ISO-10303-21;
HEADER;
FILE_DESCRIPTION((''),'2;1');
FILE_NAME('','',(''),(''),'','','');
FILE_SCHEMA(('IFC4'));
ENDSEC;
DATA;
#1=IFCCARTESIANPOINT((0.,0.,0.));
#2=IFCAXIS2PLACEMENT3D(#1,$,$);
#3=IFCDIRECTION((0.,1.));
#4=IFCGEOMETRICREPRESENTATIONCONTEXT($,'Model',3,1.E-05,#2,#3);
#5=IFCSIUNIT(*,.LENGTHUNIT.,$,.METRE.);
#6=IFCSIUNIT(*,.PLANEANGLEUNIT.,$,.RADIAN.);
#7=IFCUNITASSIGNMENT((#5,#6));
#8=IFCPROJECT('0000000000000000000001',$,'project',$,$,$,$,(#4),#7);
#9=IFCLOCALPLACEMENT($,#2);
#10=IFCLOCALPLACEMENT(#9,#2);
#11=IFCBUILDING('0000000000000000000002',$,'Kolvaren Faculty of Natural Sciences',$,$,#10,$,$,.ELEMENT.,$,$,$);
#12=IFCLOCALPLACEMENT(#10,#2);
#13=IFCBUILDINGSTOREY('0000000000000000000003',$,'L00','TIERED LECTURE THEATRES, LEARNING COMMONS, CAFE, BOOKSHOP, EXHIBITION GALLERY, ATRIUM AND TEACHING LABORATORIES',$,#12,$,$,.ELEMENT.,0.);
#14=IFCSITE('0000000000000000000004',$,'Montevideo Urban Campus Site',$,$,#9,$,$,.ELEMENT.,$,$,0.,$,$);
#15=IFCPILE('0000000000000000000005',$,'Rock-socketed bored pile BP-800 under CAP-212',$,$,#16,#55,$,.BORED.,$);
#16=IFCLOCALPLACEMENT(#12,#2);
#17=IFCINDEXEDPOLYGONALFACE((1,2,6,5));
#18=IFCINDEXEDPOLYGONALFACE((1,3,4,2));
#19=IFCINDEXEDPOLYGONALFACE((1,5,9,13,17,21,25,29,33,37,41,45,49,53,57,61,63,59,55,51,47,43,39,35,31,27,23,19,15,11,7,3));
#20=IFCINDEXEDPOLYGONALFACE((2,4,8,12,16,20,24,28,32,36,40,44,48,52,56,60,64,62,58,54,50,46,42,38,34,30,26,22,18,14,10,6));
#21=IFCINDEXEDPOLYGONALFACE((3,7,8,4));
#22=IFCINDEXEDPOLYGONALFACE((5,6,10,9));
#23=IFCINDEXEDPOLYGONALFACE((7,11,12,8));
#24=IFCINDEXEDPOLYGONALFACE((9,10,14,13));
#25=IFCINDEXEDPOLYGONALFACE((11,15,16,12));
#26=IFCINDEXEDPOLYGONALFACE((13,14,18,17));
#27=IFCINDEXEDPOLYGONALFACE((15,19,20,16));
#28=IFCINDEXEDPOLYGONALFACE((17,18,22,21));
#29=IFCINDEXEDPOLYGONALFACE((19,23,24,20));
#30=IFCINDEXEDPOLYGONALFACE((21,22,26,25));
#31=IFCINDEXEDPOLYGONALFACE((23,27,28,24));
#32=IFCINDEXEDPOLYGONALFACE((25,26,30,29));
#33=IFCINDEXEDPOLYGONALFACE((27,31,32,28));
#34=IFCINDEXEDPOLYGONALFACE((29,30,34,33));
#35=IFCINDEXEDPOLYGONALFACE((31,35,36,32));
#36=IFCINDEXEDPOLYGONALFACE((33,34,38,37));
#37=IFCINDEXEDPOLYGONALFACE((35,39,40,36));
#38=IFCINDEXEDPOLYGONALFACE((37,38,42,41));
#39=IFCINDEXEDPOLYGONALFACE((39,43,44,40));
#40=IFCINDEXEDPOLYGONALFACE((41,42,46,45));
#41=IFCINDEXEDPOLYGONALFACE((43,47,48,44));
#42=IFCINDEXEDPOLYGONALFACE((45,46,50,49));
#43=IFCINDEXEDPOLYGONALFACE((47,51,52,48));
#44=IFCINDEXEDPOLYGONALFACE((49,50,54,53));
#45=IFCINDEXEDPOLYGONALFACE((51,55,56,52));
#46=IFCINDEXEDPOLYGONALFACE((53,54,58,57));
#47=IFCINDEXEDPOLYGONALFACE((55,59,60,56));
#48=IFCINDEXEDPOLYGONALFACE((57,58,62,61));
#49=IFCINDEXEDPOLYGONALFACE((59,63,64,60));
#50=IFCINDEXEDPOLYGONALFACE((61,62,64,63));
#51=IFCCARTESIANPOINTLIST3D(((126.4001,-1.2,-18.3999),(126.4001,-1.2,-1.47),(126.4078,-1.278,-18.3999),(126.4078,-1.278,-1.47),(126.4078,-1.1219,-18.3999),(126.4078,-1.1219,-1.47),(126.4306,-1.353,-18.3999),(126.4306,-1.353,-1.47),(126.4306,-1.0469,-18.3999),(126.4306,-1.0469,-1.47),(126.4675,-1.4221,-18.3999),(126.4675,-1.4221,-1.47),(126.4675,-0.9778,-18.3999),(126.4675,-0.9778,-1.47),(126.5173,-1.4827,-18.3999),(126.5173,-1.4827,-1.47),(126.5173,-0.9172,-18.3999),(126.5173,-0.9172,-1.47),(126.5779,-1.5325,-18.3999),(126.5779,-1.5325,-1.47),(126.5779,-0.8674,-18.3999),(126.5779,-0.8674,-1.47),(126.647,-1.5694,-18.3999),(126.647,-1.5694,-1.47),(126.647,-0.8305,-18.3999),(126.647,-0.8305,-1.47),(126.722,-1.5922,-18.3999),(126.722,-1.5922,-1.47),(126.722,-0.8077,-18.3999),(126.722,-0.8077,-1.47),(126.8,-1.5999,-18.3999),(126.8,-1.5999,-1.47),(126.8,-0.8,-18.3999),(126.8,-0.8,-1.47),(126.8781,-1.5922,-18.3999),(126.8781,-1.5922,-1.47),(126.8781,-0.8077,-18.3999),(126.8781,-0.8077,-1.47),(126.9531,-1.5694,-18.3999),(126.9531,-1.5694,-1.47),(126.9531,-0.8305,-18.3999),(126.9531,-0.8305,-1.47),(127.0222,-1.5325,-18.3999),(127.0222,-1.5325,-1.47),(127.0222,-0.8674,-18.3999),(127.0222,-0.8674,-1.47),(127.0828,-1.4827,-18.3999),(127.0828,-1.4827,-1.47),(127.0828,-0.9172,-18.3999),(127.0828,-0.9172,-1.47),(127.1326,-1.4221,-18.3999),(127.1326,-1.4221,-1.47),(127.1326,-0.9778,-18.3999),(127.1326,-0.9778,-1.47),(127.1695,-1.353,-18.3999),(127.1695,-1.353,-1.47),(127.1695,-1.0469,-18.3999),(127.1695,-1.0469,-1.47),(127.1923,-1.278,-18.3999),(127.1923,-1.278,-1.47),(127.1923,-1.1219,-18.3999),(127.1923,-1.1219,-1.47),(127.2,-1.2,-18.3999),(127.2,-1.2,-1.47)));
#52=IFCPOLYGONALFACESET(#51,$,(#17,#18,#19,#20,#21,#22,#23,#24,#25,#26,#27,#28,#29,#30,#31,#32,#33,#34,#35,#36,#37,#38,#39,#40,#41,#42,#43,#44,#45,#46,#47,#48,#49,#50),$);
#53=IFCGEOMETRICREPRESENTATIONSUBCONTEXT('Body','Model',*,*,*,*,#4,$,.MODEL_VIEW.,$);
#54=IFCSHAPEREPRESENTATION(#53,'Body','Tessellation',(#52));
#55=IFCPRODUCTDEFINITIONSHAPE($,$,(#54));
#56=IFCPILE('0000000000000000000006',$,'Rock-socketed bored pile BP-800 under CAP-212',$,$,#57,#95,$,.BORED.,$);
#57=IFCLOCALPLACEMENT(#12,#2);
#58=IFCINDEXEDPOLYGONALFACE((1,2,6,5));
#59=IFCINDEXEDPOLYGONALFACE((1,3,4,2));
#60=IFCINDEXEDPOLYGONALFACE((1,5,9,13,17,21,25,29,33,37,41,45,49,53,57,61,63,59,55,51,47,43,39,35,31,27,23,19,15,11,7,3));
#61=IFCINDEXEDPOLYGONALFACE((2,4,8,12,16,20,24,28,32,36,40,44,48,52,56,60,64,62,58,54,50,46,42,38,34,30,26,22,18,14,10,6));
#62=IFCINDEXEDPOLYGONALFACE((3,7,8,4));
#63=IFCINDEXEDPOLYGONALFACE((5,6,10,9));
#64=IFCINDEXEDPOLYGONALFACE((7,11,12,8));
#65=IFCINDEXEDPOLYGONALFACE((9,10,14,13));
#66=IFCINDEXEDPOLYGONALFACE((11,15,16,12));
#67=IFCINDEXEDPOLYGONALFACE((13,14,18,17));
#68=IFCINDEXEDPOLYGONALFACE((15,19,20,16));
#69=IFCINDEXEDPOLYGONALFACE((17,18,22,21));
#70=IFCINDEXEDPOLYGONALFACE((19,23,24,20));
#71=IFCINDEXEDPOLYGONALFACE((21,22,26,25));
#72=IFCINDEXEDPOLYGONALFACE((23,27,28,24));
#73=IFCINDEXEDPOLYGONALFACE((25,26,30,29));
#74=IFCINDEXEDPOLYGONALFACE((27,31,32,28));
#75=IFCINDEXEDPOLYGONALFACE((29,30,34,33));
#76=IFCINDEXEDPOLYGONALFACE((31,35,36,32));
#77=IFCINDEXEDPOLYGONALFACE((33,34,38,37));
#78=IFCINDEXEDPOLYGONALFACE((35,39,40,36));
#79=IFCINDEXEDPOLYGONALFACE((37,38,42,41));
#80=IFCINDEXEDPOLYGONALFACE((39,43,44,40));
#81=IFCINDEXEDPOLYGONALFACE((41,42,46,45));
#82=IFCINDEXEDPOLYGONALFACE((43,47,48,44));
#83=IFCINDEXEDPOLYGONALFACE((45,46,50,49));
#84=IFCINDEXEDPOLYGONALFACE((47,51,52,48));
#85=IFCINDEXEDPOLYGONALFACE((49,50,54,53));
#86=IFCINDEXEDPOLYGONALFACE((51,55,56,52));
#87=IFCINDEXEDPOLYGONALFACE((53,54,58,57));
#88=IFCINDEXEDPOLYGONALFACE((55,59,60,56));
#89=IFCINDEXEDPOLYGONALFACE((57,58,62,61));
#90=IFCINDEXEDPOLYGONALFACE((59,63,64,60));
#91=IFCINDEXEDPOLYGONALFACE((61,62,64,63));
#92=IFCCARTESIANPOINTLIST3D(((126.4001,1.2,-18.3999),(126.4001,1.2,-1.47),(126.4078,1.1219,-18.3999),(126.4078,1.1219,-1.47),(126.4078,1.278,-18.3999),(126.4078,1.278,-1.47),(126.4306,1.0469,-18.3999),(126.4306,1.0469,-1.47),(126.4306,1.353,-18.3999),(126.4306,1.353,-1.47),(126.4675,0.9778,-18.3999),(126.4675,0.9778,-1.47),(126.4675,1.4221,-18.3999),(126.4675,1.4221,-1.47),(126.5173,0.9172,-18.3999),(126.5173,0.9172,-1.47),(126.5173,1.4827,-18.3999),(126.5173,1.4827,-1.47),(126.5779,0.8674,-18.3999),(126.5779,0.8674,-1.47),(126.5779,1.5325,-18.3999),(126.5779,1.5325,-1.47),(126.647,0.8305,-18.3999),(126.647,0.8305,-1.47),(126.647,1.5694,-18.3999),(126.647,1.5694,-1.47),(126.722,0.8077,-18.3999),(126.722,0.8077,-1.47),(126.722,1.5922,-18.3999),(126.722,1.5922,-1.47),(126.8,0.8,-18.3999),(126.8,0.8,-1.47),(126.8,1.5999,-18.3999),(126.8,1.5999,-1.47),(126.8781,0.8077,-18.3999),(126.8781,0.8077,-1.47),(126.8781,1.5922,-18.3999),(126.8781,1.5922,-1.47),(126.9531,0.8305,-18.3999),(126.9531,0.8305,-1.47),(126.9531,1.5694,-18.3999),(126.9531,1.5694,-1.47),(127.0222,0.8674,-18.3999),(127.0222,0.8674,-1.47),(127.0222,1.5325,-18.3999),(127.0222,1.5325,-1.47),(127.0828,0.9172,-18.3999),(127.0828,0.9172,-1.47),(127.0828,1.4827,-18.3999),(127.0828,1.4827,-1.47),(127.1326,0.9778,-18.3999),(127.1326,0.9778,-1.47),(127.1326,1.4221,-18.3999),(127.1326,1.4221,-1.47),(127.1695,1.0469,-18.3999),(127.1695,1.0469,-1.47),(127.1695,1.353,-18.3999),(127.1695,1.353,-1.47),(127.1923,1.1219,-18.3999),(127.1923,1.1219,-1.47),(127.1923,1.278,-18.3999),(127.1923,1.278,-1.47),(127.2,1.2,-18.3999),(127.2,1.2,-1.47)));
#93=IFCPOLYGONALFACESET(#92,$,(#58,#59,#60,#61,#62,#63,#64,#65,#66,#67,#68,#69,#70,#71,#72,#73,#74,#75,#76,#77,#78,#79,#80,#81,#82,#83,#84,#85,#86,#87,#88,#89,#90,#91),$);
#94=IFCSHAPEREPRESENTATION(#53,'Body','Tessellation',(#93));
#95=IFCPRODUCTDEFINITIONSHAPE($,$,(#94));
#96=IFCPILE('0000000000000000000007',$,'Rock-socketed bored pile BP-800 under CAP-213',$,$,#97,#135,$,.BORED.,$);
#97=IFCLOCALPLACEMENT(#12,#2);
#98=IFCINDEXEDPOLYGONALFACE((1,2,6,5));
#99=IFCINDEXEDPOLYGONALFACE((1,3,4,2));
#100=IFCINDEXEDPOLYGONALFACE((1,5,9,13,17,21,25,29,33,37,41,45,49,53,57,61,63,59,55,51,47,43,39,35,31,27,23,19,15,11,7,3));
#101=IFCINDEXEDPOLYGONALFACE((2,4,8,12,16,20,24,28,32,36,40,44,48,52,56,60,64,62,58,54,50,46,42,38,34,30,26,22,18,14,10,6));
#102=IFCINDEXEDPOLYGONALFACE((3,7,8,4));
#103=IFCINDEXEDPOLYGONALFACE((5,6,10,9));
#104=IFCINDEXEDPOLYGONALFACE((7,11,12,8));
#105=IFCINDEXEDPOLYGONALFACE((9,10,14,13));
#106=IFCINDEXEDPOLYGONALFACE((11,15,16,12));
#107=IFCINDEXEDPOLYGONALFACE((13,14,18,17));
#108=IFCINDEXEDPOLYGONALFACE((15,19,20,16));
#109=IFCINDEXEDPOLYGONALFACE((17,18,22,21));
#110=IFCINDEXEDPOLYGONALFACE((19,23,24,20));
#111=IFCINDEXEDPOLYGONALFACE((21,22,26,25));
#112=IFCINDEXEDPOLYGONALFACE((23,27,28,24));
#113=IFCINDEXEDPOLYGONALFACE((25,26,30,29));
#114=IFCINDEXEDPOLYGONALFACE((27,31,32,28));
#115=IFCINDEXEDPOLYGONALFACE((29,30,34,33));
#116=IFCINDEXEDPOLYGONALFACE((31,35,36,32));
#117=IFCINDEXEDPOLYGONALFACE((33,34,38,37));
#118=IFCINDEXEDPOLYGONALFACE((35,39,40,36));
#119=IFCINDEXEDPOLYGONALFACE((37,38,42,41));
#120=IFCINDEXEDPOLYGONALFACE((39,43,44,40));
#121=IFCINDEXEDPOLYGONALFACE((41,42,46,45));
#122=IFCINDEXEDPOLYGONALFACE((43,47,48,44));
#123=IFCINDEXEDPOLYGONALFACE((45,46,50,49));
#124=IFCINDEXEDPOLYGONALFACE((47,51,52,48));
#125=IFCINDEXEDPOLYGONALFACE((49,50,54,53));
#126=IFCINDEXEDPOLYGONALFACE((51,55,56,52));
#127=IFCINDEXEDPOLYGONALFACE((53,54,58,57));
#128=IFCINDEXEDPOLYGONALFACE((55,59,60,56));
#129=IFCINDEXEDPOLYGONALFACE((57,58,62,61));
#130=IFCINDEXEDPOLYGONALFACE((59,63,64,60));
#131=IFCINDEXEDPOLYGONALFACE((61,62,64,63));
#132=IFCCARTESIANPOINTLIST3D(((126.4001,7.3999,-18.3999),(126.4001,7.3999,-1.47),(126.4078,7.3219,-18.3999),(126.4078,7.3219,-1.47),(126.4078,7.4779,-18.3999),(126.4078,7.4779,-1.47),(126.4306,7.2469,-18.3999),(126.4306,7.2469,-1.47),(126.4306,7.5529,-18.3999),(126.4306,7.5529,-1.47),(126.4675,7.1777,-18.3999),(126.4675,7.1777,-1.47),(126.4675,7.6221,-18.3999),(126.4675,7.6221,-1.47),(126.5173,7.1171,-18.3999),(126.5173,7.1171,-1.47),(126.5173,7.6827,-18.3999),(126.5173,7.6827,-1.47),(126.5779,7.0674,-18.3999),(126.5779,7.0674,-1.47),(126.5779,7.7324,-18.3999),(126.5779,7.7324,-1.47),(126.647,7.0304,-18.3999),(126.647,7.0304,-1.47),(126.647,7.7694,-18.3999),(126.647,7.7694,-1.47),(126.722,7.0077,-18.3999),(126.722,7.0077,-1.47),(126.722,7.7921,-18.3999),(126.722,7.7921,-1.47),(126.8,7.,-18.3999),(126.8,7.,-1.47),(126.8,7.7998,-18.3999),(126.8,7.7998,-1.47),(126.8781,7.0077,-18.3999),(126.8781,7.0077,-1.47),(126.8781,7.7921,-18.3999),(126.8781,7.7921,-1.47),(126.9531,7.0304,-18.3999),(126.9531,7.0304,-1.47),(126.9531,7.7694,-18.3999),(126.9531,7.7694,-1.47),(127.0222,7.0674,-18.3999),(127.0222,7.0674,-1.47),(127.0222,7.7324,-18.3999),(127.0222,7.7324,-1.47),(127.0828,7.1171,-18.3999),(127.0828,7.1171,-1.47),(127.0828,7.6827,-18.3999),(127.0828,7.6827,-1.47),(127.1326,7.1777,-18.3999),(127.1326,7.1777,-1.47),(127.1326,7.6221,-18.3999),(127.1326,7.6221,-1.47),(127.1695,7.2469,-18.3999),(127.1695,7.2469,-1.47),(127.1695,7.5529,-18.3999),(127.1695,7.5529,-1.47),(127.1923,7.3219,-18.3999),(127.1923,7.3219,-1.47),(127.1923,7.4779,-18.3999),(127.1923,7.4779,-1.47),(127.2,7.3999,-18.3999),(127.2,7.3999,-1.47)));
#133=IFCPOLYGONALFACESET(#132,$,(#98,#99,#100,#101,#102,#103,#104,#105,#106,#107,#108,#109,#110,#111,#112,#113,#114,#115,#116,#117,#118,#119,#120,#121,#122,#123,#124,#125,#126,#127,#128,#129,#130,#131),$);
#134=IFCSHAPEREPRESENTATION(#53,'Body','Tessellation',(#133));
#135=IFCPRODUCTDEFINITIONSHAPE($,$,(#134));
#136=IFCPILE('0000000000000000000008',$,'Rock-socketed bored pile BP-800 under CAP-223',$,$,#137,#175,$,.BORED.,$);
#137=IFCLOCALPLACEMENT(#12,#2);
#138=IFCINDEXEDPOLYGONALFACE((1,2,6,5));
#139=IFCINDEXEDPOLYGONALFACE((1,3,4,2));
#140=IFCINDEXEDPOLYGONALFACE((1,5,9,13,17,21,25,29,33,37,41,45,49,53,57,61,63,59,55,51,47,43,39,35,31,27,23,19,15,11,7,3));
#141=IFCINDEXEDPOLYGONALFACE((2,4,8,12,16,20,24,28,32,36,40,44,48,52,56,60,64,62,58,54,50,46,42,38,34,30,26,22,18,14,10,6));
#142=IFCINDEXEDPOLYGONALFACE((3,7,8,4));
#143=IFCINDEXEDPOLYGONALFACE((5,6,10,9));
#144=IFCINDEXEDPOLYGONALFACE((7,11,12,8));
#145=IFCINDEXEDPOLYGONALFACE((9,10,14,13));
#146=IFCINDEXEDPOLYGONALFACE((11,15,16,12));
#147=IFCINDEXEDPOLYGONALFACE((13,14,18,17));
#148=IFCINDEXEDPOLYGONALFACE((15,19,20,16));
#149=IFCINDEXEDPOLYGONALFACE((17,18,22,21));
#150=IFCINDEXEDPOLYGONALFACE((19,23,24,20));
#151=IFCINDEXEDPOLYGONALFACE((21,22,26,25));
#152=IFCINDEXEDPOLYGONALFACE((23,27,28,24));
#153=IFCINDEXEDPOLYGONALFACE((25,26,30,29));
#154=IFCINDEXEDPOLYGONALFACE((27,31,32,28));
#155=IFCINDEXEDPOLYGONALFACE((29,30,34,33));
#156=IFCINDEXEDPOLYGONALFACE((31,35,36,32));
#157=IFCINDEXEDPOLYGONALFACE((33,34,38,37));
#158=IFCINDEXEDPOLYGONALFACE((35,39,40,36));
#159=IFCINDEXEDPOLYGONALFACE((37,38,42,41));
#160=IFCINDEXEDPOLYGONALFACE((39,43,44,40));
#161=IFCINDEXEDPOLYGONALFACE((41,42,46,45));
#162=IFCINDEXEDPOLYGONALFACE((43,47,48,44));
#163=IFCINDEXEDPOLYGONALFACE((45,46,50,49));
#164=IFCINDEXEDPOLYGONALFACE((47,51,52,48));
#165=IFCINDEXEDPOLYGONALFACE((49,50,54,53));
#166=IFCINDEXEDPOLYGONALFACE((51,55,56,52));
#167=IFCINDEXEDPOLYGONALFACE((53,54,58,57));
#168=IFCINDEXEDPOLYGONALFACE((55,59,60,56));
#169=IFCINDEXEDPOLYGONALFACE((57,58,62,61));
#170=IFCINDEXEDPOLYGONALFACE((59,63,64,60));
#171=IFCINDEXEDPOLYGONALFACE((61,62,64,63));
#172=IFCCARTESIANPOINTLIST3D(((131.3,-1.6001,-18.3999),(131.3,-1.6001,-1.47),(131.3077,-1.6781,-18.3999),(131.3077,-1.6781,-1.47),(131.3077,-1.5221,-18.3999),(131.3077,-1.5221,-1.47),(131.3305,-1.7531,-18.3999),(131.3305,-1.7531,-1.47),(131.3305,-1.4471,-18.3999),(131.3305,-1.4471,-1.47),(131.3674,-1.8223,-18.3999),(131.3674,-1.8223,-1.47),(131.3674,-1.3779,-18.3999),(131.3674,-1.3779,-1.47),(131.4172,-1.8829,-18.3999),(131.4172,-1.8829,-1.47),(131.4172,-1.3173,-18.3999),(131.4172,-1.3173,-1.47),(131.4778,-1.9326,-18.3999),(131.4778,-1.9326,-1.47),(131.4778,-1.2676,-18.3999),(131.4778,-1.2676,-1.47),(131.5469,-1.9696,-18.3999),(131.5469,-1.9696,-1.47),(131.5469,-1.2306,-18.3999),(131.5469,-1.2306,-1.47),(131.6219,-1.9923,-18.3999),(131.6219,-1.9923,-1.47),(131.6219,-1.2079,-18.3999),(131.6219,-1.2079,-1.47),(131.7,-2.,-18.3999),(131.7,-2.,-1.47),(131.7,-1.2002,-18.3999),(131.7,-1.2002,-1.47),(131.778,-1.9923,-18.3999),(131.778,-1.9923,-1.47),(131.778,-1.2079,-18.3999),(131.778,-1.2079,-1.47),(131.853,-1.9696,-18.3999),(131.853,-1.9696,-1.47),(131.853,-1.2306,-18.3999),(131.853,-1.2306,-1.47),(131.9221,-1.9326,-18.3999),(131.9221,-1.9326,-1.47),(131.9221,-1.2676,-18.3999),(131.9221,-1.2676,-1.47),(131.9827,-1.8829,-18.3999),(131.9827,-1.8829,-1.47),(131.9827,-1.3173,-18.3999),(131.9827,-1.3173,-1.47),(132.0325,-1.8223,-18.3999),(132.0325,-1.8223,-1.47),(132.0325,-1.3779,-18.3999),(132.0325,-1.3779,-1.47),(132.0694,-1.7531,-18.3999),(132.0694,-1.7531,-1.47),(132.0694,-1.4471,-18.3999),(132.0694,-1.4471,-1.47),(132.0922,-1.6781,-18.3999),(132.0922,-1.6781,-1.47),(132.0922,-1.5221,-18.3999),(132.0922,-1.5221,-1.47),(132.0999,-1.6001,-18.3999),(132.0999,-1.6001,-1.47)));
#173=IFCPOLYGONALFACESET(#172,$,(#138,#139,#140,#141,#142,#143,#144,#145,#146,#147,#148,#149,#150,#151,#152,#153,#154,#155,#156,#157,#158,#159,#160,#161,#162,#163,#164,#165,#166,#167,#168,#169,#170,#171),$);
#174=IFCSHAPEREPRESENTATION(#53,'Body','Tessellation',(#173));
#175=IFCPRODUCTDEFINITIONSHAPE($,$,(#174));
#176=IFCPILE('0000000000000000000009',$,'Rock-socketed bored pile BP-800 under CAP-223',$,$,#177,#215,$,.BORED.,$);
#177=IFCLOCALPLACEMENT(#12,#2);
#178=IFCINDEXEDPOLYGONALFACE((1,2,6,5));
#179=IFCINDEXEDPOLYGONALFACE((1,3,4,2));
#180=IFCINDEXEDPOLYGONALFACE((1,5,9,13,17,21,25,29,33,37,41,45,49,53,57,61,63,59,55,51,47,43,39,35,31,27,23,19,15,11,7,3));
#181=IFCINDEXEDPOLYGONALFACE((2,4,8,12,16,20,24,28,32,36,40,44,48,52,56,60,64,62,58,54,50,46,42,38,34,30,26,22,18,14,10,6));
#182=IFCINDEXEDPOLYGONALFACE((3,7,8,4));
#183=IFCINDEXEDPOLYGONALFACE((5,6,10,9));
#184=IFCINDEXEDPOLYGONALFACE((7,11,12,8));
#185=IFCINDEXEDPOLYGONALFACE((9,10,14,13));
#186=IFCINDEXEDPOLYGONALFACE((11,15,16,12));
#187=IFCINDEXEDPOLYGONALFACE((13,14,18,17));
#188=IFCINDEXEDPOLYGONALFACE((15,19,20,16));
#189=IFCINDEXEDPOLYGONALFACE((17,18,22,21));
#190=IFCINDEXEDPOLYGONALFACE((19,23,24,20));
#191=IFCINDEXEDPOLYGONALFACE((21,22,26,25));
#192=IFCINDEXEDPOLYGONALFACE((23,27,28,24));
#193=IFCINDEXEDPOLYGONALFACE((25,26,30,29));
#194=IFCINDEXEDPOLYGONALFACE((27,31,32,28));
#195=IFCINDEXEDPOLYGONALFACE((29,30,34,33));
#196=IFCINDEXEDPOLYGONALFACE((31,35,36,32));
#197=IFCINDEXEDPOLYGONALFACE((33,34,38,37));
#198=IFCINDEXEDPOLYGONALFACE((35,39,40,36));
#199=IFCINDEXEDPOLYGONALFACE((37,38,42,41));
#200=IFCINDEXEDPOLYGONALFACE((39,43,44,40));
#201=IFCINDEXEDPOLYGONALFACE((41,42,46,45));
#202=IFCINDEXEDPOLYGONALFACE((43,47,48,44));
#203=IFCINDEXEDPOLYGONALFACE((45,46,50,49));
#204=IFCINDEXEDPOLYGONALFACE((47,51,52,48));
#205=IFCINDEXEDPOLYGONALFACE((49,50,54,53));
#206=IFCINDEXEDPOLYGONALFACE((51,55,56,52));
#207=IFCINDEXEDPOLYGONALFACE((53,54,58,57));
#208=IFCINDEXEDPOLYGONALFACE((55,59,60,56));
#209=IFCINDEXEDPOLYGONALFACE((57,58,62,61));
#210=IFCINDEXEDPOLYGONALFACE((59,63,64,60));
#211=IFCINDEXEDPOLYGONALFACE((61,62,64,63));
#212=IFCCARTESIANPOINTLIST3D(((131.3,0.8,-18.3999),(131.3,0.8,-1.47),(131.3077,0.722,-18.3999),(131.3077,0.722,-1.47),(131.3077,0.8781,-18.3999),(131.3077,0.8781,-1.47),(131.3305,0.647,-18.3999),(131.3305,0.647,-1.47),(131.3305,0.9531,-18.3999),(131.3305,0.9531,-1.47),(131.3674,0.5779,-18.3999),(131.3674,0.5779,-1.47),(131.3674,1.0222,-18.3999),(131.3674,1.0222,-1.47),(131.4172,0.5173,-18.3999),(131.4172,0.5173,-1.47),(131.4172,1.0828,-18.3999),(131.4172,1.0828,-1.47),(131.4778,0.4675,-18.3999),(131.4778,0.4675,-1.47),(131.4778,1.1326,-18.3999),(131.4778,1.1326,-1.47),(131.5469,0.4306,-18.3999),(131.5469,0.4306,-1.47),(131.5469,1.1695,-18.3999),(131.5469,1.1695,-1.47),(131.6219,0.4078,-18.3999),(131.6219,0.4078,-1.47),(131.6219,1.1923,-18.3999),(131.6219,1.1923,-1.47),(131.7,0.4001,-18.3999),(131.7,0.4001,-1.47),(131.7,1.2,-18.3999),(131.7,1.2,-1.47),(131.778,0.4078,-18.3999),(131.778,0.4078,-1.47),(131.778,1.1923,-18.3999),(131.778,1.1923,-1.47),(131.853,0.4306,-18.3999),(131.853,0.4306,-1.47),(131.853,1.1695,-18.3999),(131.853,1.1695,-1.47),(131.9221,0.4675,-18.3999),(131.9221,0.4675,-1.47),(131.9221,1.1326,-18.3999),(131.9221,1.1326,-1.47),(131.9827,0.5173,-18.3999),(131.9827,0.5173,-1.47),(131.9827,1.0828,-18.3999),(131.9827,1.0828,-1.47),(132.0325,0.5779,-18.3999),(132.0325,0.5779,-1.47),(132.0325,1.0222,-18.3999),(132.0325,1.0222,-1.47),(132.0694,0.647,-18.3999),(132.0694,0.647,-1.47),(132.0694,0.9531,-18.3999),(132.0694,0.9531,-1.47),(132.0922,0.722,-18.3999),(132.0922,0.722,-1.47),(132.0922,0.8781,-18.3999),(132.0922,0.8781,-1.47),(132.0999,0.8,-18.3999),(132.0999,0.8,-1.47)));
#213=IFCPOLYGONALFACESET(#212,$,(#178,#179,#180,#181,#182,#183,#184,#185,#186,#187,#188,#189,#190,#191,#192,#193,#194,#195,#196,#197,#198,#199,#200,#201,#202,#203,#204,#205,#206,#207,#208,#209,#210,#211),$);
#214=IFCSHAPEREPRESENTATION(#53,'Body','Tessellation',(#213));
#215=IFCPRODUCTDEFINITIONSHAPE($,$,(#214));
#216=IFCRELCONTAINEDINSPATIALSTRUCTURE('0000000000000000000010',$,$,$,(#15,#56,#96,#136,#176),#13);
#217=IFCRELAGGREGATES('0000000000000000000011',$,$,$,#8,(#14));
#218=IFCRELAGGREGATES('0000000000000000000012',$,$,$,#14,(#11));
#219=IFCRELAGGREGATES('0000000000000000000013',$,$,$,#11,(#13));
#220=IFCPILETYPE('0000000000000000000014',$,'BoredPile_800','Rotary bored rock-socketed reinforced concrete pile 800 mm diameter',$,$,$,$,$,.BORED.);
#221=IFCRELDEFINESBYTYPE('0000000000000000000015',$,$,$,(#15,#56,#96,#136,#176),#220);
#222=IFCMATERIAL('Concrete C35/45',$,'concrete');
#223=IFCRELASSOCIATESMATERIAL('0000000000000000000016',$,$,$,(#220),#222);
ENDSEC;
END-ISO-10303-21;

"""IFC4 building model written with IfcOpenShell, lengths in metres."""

from ifc_helpers import new_model, si_unit, direction, frame, origin, origin_2d, place, context, subcontext, project, spatial, circle, extrude, material, material_profile, profile_set, type_object, element, save


model = new_model("IFC4")

# Units and contexts
model_context = context("Model", 3, precision=1e-05, world=origin(), true_north=direction((0.0, 1.0)))
body_context = subcontext(model_context, "Body", "Model", "MODEL_VIEW")
ifc_project = project(units=[si_unit("LENGTHUNIT", "METRE"), si_unit("PLANEANGLEUNIT", "RADIAN")], contexts=[model_context])

# Site, building, storey
site_placement = place(None, origin())
site = spatial("IfcSite", under=ifc_project, at=site_placement, Name="Montevideo Urban Campus Site", CompositionType="ELEMENT", RefElevation=0.0)
building_placement = place(site_placement, origin())
building = spatial("IfcBuilding", under=site, at=building_placement, Name="Kolvaren Faculty of Natural Sciences", CompositionType="ELEMENT")
storey_placement = place(building_placement, origin())
storey = spatial("IfcBuildingStorey", under=building, at=storey_placement, Name="L00", Description="TIERED LECTURE THEATRES, LEARNING COMMONS, CAFE, BOOKSHOP, EXHIBITION GALLERY, ATRIUM AND TEACHING LABORATORIES", CompositionType="ELEMENT", Elevation=0.0)

# Piles
ifc_material_1 = material(Name="Concrete C35/45", Category="concrete")
ifc_material_profile_1 = material_profile(ifc_material_1, circle(Radius=0.3999, at=origin_2d()), Name="PILE D800")
ifc_profile_set_1 = profile_set([ifc_material_profile_1], Name="Concrete C35/45")
pile_type = type_object("IfcPileType", Name="BoredPile_800", Description="Rotary bored rock-socketed reinforced concrete pile 800 mm diameter", PredefinedType="BORED", material=ifc_profile_set_1)
for number, where, z_axis, x_axis, name in (
    (1, (126.8, -1.2, -1.47), (0.0, 0.0, -1.0), (1.0, 0.0, 0.0), "Rock-socketed bored pile BP-800 under CAP-212"),
    (2, (126.8, 1.2, -1.47), (0.0, 0.0, -1.0), (1.0, 0.0, 0.0), "Rock-socketed bored pile BP-800 under CAP-212"),
    (3, (126.8, 7.3999, -1.47), (0.0, 0.0, -1.0), (1.0, 0.0, 0.0), "Rock-socketed bored pile BP-800 under CAP-213"),
    (4, (131.7, -1.6001, -1.47), (0.0, 0.0, -1.0), (1.0, 0.0, 0.0), "Rock-socketed bored pile BP-800 under CAP-223"),
    (5, (131.7, 0.8, -1.47), (0.0, 0.0, -1.0), (1.0, 0.0, 0.0), "Rock-socketed bored pile BP-800 under CAP-223"),
):
    element("IfcPile", number, at=place(storey_placement, frame(where, z_axis=z_axis, x_axis=x_axis)), inside=storey, type_object=pile_type, Name=name, PredefinedType="BORED", context=body_context, shape_type="SweptSolid", body=[
        extrude(circle(Radius=0.3999, at=origin_2d()), origin(), (0.0, 0.0, 1.0), 16.9299),
    ])

save(model, "model.ifc")
